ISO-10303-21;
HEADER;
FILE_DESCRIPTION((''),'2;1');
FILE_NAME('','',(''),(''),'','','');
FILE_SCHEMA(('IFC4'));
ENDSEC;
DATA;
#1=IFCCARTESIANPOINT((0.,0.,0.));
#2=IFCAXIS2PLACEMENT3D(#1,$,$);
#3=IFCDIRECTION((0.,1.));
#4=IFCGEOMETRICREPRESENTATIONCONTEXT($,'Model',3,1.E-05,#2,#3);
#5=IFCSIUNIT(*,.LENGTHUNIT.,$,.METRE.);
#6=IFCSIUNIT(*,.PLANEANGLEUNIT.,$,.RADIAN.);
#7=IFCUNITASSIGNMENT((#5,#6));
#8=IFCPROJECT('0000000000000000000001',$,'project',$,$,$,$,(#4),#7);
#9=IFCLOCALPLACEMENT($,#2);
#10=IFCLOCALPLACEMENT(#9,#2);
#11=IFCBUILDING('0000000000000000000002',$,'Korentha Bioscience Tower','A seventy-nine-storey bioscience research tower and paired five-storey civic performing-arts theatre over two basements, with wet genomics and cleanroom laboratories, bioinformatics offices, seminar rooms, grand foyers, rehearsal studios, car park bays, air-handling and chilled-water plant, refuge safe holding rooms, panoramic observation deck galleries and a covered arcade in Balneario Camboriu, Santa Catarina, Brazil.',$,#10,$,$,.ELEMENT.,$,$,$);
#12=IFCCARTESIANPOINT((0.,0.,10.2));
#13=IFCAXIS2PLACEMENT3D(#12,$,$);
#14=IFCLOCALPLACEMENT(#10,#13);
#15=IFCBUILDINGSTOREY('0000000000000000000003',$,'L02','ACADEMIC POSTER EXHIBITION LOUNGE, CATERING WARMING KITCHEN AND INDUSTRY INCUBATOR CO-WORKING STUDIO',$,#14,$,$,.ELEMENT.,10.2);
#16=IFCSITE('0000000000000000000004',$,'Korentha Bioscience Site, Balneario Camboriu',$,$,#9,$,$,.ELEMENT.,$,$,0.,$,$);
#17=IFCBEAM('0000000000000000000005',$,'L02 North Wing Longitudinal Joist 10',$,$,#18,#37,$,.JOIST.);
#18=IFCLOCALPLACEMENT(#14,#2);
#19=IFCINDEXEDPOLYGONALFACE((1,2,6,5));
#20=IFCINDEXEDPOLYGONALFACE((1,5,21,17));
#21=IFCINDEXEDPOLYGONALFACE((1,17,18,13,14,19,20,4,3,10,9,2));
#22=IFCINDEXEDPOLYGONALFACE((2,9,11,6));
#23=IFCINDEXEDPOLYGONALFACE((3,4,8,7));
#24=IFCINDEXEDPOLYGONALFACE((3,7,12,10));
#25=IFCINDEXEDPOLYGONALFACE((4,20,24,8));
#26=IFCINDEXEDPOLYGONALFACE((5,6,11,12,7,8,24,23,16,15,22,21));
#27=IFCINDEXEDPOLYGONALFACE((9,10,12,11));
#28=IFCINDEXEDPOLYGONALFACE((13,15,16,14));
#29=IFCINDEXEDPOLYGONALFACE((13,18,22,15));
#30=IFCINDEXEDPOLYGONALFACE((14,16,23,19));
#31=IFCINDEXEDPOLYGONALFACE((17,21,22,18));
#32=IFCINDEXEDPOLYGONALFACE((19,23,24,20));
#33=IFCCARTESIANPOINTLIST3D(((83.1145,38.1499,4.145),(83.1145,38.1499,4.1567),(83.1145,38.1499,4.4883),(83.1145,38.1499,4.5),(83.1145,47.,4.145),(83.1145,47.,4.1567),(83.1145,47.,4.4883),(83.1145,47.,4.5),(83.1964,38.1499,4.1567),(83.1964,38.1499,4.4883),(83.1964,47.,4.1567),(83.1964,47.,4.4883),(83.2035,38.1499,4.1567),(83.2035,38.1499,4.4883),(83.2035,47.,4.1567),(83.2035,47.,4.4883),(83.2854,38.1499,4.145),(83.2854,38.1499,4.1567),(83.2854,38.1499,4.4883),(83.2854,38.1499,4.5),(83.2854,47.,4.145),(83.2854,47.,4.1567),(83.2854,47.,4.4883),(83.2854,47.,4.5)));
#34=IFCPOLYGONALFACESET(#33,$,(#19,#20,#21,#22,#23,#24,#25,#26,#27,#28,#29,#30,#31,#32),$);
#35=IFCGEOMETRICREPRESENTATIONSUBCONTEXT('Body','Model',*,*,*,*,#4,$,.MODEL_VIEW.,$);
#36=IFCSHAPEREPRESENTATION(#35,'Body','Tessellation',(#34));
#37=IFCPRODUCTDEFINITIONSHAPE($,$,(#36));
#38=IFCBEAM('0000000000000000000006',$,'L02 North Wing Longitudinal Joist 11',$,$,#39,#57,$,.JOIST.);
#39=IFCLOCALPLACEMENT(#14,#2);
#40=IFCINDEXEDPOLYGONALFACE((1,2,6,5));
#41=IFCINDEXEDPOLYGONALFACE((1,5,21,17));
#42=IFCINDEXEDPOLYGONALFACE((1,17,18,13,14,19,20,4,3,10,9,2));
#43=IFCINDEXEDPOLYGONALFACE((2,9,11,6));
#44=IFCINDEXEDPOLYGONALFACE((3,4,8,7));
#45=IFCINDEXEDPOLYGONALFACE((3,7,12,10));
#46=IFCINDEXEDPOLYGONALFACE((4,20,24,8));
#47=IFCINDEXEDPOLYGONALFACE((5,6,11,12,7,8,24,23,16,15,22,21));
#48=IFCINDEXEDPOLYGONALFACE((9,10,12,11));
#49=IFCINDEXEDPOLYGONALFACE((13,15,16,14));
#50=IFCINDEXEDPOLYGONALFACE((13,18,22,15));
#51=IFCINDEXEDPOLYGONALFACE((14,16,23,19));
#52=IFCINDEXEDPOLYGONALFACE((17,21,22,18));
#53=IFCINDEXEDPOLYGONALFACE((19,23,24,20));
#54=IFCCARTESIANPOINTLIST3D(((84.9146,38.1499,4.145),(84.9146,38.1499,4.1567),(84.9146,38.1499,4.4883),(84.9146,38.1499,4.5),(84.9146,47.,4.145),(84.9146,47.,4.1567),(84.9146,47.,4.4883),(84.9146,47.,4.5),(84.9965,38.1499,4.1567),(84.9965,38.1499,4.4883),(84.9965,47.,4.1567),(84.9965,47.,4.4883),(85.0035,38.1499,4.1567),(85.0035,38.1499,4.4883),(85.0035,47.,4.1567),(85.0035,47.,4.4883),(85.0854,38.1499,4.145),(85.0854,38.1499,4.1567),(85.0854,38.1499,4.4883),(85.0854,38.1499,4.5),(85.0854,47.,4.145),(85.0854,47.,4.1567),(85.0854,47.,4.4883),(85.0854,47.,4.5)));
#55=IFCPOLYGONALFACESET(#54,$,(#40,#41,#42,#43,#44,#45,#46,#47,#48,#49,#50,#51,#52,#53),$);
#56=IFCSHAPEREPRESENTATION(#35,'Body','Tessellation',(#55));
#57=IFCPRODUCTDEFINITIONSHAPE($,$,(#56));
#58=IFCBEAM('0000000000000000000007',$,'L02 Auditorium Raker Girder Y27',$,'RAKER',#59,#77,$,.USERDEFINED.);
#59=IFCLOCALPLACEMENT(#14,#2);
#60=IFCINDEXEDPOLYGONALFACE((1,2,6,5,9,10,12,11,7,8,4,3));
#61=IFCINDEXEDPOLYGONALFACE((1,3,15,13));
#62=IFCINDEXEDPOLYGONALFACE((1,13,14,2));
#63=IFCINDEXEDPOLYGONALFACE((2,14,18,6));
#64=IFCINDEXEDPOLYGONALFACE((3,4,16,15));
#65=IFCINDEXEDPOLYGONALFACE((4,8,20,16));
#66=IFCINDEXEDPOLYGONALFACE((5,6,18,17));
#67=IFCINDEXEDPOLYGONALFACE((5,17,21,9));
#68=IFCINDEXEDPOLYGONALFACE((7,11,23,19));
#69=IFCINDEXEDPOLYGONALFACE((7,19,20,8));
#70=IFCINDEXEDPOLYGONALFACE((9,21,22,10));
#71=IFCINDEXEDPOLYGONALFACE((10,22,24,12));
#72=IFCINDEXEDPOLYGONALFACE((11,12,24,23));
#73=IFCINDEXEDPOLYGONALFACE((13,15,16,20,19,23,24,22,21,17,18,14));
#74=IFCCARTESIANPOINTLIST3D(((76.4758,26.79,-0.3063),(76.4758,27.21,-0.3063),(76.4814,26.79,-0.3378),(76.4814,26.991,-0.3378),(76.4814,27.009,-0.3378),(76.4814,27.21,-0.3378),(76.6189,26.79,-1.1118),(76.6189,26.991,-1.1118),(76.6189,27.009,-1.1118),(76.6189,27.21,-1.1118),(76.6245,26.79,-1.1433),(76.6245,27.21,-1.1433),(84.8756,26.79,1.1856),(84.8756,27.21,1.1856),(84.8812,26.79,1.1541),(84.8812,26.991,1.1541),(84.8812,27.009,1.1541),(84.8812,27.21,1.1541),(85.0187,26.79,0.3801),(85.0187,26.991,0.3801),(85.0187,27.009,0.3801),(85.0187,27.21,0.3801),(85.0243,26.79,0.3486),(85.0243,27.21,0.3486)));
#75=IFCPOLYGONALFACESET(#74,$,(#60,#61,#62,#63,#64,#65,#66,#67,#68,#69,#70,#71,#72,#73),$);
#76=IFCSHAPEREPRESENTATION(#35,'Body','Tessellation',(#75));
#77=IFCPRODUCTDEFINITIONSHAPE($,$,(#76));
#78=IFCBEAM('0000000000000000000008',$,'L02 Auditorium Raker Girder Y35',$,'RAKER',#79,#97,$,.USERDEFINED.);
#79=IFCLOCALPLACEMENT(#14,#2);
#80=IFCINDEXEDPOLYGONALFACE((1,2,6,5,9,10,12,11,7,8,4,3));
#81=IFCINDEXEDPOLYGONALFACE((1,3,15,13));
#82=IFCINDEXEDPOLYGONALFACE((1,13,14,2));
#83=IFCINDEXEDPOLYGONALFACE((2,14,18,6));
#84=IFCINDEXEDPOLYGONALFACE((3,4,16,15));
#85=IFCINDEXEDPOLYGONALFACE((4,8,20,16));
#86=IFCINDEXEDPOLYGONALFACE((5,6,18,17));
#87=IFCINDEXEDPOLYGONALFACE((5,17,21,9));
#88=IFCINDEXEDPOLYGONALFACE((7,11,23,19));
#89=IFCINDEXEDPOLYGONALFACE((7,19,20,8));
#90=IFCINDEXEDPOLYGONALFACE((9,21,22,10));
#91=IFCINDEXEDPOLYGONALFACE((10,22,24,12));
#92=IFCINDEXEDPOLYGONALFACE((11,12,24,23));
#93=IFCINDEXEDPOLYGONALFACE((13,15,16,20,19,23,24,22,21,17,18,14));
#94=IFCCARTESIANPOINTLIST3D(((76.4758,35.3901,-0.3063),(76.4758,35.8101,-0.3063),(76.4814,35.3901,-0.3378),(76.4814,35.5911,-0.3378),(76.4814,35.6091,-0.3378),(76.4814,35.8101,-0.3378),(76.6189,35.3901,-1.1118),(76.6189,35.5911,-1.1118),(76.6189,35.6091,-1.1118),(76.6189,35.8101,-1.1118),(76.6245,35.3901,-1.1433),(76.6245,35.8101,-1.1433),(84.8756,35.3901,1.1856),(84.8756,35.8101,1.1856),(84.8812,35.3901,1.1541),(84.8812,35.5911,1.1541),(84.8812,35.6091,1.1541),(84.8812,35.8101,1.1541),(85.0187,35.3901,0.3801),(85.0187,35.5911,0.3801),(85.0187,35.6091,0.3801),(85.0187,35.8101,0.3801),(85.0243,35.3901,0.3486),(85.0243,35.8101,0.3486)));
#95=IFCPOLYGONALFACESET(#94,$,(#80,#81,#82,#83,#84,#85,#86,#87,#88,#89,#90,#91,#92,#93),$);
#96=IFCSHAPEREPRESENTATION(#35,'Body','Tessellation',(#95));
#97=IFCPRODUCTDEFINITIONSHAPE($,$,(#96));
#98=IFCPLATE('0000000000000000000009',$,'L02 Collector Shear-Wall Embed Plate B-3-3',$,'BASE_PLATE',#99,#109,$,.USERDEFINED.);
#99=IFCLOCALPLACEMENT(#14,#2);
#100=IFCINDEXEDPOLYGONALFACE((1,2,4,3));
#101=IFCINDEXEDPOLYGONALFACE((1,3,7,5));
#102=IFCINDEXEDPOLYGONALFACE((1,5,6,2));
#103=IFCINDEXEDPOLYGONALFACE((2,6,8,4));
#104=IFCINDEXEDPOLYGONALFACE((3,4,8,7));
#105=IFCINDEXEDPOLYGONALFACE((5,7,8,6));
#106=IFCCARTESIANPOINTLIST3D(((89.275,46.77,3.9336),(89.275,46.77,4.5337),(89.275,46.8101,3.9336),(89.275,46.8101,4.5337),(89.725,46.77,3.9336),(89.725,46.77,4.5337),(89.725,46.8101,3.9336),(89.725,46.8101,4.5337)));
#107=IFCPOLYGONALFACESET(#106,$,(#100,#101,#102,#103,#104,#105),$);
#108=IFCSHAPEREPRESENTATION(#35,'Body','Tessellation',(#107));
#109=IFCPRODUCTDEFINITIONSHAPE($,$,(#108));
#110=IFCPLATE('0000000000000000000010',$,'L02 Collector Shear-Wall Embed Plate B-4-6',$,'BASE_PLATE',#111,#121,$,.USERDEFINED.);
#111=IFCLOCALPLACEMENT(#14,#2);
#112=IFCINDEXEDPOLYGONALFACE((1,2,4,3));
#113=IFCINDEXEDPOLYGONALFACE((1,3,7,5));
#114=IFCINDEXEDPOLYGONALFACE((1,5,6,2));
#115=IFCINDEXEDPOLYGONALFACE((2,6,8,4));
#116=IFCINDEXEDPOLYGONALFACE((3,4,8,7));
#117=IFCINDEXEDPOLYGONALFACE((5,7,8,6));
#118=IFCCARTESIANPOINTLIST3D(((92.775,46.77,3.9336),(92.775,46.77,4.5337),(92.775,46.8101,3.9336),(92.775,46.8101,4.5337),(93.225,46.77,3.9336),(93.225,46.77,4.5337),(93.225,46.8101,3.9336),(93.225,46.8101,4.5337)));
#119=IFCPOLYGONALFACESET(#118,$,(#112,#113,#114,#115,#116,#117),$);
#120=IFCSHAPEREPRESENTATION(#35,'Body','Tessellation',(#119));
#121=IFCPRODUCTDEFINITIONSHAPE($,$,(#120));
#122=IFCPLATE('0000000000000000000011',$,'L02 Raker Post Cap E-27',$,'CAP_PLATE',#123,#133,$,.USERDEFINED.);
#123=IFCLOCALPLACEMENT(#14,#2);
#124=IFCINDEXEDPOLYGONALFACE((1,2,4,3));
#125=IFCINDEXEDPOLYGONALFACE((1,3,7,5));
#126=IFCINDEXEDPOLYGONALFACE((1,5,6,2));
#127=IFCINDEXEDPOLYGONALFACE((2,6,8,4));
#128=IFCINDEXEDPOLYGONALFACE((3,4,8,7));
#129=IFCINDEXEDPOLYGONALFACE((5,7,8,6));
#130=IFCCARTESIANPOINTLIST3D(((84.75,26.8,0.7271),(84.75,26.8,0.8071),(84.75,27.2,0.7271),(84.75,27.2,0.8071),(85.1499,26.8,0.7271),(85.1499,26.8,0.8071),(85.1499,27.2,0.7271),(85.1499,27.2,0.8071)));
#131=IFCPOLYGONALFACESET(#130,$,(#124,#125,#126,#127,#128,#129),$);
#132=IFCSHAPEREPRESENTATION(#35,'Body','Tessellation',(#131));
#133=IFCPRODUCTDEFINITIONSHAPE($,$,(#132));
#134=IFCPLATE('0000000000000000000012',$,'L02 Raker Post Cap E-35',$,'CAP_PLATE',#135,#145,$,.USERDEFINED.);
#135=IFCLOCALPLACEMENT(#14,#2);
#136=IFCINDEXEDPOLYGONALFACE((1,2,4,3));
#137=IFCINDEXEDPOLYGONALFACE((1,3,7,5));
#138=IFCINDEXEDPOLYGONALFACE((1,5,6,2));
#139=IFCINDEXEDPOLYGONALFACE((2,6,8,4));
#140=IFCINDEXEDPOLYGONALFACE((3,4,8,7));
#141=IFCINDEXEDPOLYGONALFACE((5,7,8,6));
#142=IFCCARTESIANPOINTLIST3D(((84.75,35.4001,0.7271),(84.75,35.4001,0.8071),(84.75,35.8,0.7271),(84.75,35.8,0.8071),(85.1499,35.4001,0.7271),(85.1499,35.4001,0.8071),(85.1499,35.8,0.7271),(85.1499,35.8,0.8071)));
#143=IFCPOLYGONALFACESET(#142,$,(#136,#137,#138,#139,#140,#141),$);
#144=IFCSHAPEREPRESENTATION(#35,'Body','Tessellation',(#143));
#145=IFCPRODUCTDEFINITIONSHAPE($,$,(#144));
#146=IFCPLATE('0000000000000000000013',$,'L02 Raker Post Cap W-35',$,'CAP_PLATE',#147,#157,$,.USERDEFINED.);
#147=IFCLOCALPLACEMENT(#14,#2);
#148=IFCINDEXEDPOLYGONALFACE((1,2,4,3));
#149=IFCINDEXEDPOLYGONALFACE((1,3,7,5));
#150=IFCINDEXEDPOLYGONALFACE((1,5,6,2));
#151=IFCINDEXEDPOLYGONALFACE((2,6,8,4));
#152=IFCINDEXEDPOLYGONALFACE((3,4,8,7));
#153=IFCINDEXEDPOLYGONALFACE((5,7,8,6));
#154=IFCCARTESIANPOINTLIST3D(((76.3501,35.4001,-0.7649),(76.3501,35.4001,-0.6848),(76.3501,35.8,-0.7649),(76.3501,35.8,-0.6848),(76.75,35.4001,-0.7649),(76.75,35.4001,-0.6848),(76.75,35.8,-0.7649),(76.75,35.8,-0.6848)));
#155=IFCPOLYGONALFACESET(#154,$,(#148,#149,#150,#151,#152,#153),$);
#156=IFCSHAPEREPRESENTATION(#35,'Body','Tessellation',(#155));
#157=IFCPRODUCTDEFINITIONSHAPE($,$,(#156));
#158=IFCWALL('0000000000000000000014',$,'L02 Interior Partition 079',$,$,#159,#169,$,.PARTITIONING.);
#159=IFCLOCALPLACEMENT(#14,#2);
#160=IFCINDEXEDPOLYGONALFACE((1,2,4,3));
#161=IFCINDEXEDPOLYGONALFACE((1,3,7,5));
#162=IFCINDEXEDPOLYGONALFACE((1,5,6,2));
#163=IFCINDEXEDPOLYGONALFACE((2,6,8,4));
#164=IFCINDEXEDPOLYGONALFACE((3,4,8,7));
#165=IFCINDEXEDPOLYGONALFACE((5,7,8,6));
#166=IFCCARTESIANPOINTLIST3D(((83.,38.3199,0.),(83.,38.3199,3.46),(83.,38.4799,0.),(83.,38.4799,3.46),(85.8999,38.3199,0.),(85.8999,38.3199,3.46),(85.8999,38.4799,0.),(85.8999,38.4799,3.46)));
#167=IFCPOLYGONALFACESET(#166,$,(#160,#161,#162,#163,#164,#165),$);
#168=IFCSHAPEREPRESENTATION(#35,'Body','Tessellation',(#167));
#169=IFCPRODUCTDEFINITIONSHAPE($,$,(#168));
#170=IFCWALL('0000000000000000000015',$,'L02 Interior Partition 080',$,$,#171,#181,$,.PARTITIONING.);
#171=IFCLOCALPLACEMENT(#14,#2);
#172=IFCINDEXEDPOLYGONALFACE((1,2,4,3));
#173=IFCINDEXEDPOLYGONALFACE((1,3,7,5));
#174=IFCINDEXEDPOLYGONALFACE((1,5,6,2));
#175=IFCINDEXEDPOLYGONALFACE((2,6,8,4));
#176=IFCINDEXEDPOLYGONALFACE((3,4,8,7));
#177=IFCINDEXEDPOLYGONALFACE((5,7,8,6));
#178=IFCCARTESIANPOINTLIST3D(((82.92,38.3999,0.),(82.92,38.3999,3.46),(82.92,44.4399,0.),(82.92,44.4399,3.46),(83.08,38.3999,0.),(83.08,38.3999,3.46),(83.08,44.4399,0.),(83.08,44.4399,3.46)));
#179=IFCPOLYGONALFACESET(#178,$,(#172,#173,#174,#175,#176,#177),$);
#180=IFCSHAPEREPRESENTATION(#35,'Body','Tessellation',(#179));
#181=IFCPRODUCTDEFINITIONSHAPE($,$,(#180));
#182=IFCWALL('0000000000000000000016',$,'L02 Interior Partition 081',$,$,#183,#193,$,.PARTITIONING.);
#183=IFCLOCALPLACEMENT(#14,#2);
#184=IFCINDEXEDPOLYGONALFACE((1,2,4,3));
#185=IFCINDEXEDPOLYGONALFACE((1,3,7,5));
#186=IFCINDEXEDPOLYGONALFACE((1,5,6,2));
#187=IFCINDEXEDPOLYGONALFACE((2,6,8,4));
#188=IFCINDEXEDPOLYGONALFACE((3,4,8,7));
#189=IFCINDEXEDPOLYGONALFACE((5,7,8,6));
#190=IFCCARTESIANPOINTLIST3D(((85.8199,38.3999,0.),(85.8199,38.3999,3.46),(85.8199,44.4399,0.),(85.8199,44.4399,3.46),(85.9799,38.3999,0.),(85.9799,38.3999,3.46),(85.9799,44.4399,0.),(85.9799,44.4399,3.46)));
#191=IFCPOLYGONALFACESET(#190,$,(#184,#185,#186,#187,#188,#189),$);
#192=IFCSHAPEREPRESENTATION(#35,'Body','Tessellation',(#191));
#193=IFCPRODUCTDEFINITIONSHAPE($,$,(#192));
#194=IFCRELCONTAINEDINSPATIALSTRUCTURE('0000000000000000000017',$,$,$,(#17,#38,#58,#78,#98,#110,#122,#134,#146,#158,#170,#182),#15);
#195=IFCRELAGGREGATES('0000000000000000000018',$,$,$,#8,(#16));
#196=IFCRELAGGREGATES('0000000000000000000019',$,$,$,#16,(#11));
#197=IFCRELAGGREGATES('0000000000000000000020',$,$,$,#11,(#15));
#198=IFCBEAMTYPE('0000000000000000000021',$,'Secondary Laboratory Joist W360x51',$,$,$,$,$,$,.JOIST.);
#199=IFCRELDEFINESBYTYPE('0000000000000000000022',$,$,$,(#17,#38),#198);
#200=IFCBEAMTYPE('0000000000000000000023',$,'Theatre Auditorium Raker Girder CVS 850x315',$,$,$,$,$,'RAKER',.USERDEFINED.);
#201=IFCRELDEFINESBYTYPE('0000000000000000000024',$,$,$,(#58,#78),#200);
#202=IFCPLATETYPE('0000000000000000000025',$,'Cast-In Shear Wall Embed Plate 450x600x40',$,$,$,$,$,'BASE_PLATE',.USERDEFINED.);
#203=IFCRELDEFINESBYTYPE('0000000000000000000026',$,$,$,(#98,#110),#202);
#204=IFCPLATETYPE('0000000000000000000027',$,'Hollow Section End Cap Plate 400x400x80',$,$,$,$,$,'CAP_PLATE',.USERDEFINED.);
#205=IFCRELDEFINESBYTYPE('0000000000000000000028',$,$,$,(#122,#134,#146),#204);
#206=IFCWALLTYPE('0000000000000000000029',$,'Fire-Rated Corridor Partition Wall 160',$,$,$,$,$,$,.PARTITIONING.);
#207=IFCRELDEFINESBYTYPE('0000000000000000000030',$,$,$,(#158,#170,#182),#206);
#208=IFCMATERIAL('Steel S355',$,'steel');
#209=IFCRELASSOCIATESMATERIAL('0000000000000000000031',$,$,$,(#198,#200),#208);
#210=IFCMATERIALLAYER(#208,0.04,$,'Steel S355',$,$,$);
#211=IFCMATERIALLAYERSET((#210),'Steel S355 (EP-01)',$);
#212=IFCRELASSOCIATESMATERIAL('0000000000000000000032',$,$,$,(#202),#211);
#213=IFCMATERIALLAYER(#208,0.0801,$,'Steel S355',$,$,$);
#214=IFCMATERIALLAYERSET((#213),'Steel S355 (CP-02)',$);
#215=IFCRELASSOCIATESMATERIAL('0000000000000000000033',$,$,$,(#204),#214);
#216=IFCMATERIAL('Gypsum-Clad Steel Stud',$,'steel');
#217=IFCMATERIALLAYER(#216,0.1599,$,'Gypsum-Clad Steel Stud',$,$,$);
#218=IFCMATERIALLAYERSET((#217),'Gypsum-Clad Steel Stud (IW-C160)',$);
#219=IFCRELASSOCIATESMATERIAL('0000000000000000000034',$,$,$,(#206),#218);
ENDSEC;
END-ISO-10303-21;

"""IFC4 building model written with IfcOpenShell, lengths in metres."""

from ifc_helpers import new_model, si_unit, direction, frame, frame_2d, origin, origin_2d, place, context, subcontext, project, spatial, rectangle, i_section, extrude, material, layer, layer_set, material_profile, profile_set, type_object, element, save


model = new_model("IFC4")

# Units and contexts
model_context = context("Model", 3, precision=1e-05, world=origin(), true_north=direction((0.0, 1.0)))
body_context = subcontext(model_context, "Body", "Model", "MODEL_VIEW")
ifc_project = project(units=[si_unit("LENGTHUNIT", "METRE"), si_unit("PLANEANGLEUNIT", "RADIAN")], contexts=[model_context])

# Site, building, storey
site_placement = place(None, origin())
site = spatial("IfcSite", under=ifc_project, at=site_placement, Name="Korentha Bioscience Site, Balneario Camboriu", CompositionType="ELEMENT", RefElevation=0.0)
building_placement = place(site_placement, origin())
building = spatial("IfcBuilding", under=site, at=building_placement, Name="Korentha Bioscience Tower", Description="A seventy-nine-storey bioscience research tower and paired five-storey civic performing-arts theatre over two basements, with wet genomics and cleanroom laboratories, bioinformatics offices, seminar rooms, grand foyers, rehearsal studios, car park bays, air-handling and chilled-water plant, refuge safe holding rooms, panoramic observation deck galleries and a covered arcade in Balneario Camboriu, Santa Catarina, Brazil.", CompositionType="ELEMENT")
storey_placement = place(building_placement, frame((0.0, 0.0, 10.2)))
storey = spatial("IfcBuildingStorey", under=building, at=storey_placement, Name="L02", Description="ACADEMIC POSTER EXHIBITION LOUNGE, CATERING WARMING KITCHEN AND INDUSTRY INCUBATOR CO-WORKING STUDIO", CompositionType="ELEMENT", Elevation=10.2)

# Shared definitions
ifc_material_1 = material(Name="Steel S355", Category="steel")

# Beams
ifc_material_profile_1 = material_profile(ifc_material_1, i_section(OverallWidth=0.1709, OverallDepth=0.355, WebThickness=0.0071, FlangeThickness=0.0117, at=origin_2d()), Name="Steel S355")
ifc_profile_set_1 = profile_set([ifc_material_profile_1], Name="Steel S355 (JB-360)")
beam_type_1 = type_object("IfcBeamType", Name="Secondary Laboratory Joist W360x51", PredefinedType="JOIST", material=ifc_profile_set_1)
for number, where, z_axis, x_axis, name in (
    (1, (83.2, 38.1499, 4.3225), (0.0, 1.0, 0.0), (-1.0, 0.0, 0.0), "L02 North Wing Longitudinal Joist 10"),
    (2, (85.0, 38.1499, 4.3225), (0.0, 1.0, 0.0), (-1.0, 0.0, 0.0), "L02 North Wing Longitudinal Joist 11"),
):
    element("IfcBeam", number, at=place(storey_placement, frame(where, z_axis=z_axis, x_axis=x_axis)), inside=storey, type_object=beam_type_1, Name=name, PredefinedType="JOIST", context=body_context, shape_type="SweptSolid", body=[
        extrude(i_section(OverallWidth=0.1709, OverallDepth=0.355, WebThickness=0.0071, FlangeThickness=0.0117, at=origin_2d()), origin(), (0.0, 0.0, 1.0), 8.8501),
    ])
ifc_material_profile_2 = material_profile(ifc_material_1, i_section(OverallWidth=0.4199, OverallDepth=0.8501, WebThickness=0.0181, FlangeThickness=0.032, at=origin_2d()), Name="Steel S355")
ifc_profile_set_2 = profile_set([ifc_material_profile_2], Name="Steel S355 (TR-850)")
beam_type_2 = type_object("IfcBeamType", Name="Theatre Auditorium Raker Girder CVS 850x315", ElementType="RAKER", PredefinedType="USERDEFINED", material=ifc_profile_set_2)
for number, where, z_axis, x_axis, name in (
    (3, (84.95, 27.0, 0.7671), (-0.98459, 0.0, -0.174877), (0.0, -1.0, 0.0), "L02 Auditorium Raker Girder Y27"),
    (4, (84.95, 35.6001, 0.7671), (-0.98459, 0.0, -0.174877), (0.0, -1.0, 0.0), "L02 Auditorium Raker Girder Y35"),
):
    element("IfcBeam", number, at=place(storey_placement, frame(where, z_axis=z_axis, x_axis=x_axis)), inside=storey, type_object=beam_type_2, Name=name, ObjectType="RAKER", PredefinedType="USERDEFINED", context=body_context, shape_type="SweptSolid", body=[
        extrude(i_section(OverallWidth=0.4199, OverallDepth=0.8501, WebThickness=0.0181, FlangeThickness=0.032, at=origin_2d()), origin(), (0.0, 0.0, 1.0), 8.5312),
    ])

# Plates
ifc_layer_1 = layer(ifc_material_1, 0.04, Name="Steel S355")
ifc_layer_set_1 = layer_set([ifc_layer_1], Name="Steel S355 (EP-01)")
plate_type_1 = type_object("IfcPlateType", Name="Cast-In Shear Wall Embed Plate 450x600x40", ElementType="BASE_PLATE", PredefinedType="USERDEFINED", material=ifc_layer_set_1)
for number, where, z_axis, x_axis, name in (
    (5, (89.5, 46.79, 3.9336), (0.0, 0.0, 1.0), (1.0, 0.0, 0.0), "L02 Collector Shear-Wall Embed Plate B-3-3"),
    (6, (93.0, 46.79, 3.9336), (0.0, 0.0, 1.0), (1.0, 0.0, 0.0), "L02 Collector Shear-Wall Embed Plate B-4-6"),
):
    element("IfcPlate", number, at=place(storey_placement, frame(where, z_axis=z_axis, x_axis=x_axis)), inside=storey, type_object=plate_type_1, Name=name, ObjectType="BASE_PLATE", PredefinedType="USERDEFINED", context=body_context, shape_type="SweptSolid", body=[
        extrude(rectangle(XDim=0.45, YDim=0.04, at=origin_2d()), origin(), (0.0, 0.0, 1.0), 0.6001),
    ])
ifc_layer_2 = layer(ifc_material_1, 0.0801, Name="Steel S355")
ifc_layer_set_2 = layer_set([ifc_layer_2], Name="Steel S355 (CP-02)")
plate_type_2 = type_object("IfcPlateType", Name="Hollow Section End Cap Plate 400x400x80", ElementType="CAP_PLATE", PredefinedType="USERDEFINED", material=ifc_layer_set_2)
for number, where, z_axis, x_axis, name in (
    (7, (84.95, 27.0, 0.7271), (0.0, 0.0, 1.0), (1.0, 0.0, 0.0), "L02 Raker Post Cap E-27"),
    (8, (84.95, 35.6001, 0.7271), (0.0, 0.0, 1.0), (1.0, 0.0, 0.0), "L02 Raker Post Cap E-35"),
    (9, (76.55, 35.6001, -0.7649), (0.0, 0.0, 1.0), (1.0, 0.0, 0.0), "L02 Raker Post Cap W-35"),
):
    element("IfcPlate", number, at=place(storey_placement, frame(where, z_axis=z_axis, x_axis=x_axis)), inside=storey, type_object=plate_type_2, Name=name, ObjectType="CAP_PLATE", PredefinedType="USERDEFINED", context=body_context, shape_type="SweptSolid", body=[
        extrude(rectangle(XDim=0.3999, YDim=0.3999, at=origin_2d()), origin(), (0.0, 0.0, 1.0), 0.0801),
    ])

# Shared definitions
ifc_material_2 = material(Name="Gypsum-Clad Steel Stud", Category="steel")
ifc_layer_3 = layer(ifc_material_2, 0.1599, Name="Gypsum-Clad Steel Stud")
ifc_layer_set_3 = layer_set([ifc_layer_3], Name="Gypsum-Clad Steel Stud (IW-C160)")
wall_type_1 = type_object("IfcWallType", Name="Fire-Rated Corridor Partition Wall 160", PredefinedType="PARTITIONING", material=ifc_layer_set_3)

# Walls
wall_1_placement = place(storey_placement, frame((85.8999, 38.3999, 0.0), z_axis=(0.0, 0.0, 1.0), x_axis=(-1.0, 0.0, 0.0)))
element("IfcWall", 10, at=wall_1_placement, inside=storey, type_object=wall_type_1, Name="L02 Interior Partition 079", PredefinedType="PARTITIONING", context=body_context, shape_type="SweptSolid", body=[
    extrude(rectangle(XDim=2.8999, YDim=0.1599, at=frame_2d((1.45, 0.0))), origin(), (0.0, 0.0, 1.0), 3.46),
])
for number, where, z_axis, x_axis, name in (
    (11, (83.0, 38.3999, 0.0), (0.0, 0.0, 1.0), (0.0, 1.0, 0.0), "L02 Interior Partition 080"),
    (12, (85.8999, 44.4399, 0.0), (0.0, 0.0, 1.0), (0.0, -1.0, 0.0), "L02 Interior Partition 081"),
):
    element("IfcWall", number, at=place(storey_placement, frame(where, z_axis=z_axis, x_axis=x_axis)), inside=storey, type_object=wall_type_1, Name=name, PredefinedType="PARTITIONING", context=body_context, shape_type="SweptSolid", body=[
        extrude(rectangle(XDim=6.04, YDim=0.1599, at=frame_2d((3.02, 0.0))), origin(), (0.0, 0.0, 1.0), 3.46),
    ])

save(model, "model.ifc")
